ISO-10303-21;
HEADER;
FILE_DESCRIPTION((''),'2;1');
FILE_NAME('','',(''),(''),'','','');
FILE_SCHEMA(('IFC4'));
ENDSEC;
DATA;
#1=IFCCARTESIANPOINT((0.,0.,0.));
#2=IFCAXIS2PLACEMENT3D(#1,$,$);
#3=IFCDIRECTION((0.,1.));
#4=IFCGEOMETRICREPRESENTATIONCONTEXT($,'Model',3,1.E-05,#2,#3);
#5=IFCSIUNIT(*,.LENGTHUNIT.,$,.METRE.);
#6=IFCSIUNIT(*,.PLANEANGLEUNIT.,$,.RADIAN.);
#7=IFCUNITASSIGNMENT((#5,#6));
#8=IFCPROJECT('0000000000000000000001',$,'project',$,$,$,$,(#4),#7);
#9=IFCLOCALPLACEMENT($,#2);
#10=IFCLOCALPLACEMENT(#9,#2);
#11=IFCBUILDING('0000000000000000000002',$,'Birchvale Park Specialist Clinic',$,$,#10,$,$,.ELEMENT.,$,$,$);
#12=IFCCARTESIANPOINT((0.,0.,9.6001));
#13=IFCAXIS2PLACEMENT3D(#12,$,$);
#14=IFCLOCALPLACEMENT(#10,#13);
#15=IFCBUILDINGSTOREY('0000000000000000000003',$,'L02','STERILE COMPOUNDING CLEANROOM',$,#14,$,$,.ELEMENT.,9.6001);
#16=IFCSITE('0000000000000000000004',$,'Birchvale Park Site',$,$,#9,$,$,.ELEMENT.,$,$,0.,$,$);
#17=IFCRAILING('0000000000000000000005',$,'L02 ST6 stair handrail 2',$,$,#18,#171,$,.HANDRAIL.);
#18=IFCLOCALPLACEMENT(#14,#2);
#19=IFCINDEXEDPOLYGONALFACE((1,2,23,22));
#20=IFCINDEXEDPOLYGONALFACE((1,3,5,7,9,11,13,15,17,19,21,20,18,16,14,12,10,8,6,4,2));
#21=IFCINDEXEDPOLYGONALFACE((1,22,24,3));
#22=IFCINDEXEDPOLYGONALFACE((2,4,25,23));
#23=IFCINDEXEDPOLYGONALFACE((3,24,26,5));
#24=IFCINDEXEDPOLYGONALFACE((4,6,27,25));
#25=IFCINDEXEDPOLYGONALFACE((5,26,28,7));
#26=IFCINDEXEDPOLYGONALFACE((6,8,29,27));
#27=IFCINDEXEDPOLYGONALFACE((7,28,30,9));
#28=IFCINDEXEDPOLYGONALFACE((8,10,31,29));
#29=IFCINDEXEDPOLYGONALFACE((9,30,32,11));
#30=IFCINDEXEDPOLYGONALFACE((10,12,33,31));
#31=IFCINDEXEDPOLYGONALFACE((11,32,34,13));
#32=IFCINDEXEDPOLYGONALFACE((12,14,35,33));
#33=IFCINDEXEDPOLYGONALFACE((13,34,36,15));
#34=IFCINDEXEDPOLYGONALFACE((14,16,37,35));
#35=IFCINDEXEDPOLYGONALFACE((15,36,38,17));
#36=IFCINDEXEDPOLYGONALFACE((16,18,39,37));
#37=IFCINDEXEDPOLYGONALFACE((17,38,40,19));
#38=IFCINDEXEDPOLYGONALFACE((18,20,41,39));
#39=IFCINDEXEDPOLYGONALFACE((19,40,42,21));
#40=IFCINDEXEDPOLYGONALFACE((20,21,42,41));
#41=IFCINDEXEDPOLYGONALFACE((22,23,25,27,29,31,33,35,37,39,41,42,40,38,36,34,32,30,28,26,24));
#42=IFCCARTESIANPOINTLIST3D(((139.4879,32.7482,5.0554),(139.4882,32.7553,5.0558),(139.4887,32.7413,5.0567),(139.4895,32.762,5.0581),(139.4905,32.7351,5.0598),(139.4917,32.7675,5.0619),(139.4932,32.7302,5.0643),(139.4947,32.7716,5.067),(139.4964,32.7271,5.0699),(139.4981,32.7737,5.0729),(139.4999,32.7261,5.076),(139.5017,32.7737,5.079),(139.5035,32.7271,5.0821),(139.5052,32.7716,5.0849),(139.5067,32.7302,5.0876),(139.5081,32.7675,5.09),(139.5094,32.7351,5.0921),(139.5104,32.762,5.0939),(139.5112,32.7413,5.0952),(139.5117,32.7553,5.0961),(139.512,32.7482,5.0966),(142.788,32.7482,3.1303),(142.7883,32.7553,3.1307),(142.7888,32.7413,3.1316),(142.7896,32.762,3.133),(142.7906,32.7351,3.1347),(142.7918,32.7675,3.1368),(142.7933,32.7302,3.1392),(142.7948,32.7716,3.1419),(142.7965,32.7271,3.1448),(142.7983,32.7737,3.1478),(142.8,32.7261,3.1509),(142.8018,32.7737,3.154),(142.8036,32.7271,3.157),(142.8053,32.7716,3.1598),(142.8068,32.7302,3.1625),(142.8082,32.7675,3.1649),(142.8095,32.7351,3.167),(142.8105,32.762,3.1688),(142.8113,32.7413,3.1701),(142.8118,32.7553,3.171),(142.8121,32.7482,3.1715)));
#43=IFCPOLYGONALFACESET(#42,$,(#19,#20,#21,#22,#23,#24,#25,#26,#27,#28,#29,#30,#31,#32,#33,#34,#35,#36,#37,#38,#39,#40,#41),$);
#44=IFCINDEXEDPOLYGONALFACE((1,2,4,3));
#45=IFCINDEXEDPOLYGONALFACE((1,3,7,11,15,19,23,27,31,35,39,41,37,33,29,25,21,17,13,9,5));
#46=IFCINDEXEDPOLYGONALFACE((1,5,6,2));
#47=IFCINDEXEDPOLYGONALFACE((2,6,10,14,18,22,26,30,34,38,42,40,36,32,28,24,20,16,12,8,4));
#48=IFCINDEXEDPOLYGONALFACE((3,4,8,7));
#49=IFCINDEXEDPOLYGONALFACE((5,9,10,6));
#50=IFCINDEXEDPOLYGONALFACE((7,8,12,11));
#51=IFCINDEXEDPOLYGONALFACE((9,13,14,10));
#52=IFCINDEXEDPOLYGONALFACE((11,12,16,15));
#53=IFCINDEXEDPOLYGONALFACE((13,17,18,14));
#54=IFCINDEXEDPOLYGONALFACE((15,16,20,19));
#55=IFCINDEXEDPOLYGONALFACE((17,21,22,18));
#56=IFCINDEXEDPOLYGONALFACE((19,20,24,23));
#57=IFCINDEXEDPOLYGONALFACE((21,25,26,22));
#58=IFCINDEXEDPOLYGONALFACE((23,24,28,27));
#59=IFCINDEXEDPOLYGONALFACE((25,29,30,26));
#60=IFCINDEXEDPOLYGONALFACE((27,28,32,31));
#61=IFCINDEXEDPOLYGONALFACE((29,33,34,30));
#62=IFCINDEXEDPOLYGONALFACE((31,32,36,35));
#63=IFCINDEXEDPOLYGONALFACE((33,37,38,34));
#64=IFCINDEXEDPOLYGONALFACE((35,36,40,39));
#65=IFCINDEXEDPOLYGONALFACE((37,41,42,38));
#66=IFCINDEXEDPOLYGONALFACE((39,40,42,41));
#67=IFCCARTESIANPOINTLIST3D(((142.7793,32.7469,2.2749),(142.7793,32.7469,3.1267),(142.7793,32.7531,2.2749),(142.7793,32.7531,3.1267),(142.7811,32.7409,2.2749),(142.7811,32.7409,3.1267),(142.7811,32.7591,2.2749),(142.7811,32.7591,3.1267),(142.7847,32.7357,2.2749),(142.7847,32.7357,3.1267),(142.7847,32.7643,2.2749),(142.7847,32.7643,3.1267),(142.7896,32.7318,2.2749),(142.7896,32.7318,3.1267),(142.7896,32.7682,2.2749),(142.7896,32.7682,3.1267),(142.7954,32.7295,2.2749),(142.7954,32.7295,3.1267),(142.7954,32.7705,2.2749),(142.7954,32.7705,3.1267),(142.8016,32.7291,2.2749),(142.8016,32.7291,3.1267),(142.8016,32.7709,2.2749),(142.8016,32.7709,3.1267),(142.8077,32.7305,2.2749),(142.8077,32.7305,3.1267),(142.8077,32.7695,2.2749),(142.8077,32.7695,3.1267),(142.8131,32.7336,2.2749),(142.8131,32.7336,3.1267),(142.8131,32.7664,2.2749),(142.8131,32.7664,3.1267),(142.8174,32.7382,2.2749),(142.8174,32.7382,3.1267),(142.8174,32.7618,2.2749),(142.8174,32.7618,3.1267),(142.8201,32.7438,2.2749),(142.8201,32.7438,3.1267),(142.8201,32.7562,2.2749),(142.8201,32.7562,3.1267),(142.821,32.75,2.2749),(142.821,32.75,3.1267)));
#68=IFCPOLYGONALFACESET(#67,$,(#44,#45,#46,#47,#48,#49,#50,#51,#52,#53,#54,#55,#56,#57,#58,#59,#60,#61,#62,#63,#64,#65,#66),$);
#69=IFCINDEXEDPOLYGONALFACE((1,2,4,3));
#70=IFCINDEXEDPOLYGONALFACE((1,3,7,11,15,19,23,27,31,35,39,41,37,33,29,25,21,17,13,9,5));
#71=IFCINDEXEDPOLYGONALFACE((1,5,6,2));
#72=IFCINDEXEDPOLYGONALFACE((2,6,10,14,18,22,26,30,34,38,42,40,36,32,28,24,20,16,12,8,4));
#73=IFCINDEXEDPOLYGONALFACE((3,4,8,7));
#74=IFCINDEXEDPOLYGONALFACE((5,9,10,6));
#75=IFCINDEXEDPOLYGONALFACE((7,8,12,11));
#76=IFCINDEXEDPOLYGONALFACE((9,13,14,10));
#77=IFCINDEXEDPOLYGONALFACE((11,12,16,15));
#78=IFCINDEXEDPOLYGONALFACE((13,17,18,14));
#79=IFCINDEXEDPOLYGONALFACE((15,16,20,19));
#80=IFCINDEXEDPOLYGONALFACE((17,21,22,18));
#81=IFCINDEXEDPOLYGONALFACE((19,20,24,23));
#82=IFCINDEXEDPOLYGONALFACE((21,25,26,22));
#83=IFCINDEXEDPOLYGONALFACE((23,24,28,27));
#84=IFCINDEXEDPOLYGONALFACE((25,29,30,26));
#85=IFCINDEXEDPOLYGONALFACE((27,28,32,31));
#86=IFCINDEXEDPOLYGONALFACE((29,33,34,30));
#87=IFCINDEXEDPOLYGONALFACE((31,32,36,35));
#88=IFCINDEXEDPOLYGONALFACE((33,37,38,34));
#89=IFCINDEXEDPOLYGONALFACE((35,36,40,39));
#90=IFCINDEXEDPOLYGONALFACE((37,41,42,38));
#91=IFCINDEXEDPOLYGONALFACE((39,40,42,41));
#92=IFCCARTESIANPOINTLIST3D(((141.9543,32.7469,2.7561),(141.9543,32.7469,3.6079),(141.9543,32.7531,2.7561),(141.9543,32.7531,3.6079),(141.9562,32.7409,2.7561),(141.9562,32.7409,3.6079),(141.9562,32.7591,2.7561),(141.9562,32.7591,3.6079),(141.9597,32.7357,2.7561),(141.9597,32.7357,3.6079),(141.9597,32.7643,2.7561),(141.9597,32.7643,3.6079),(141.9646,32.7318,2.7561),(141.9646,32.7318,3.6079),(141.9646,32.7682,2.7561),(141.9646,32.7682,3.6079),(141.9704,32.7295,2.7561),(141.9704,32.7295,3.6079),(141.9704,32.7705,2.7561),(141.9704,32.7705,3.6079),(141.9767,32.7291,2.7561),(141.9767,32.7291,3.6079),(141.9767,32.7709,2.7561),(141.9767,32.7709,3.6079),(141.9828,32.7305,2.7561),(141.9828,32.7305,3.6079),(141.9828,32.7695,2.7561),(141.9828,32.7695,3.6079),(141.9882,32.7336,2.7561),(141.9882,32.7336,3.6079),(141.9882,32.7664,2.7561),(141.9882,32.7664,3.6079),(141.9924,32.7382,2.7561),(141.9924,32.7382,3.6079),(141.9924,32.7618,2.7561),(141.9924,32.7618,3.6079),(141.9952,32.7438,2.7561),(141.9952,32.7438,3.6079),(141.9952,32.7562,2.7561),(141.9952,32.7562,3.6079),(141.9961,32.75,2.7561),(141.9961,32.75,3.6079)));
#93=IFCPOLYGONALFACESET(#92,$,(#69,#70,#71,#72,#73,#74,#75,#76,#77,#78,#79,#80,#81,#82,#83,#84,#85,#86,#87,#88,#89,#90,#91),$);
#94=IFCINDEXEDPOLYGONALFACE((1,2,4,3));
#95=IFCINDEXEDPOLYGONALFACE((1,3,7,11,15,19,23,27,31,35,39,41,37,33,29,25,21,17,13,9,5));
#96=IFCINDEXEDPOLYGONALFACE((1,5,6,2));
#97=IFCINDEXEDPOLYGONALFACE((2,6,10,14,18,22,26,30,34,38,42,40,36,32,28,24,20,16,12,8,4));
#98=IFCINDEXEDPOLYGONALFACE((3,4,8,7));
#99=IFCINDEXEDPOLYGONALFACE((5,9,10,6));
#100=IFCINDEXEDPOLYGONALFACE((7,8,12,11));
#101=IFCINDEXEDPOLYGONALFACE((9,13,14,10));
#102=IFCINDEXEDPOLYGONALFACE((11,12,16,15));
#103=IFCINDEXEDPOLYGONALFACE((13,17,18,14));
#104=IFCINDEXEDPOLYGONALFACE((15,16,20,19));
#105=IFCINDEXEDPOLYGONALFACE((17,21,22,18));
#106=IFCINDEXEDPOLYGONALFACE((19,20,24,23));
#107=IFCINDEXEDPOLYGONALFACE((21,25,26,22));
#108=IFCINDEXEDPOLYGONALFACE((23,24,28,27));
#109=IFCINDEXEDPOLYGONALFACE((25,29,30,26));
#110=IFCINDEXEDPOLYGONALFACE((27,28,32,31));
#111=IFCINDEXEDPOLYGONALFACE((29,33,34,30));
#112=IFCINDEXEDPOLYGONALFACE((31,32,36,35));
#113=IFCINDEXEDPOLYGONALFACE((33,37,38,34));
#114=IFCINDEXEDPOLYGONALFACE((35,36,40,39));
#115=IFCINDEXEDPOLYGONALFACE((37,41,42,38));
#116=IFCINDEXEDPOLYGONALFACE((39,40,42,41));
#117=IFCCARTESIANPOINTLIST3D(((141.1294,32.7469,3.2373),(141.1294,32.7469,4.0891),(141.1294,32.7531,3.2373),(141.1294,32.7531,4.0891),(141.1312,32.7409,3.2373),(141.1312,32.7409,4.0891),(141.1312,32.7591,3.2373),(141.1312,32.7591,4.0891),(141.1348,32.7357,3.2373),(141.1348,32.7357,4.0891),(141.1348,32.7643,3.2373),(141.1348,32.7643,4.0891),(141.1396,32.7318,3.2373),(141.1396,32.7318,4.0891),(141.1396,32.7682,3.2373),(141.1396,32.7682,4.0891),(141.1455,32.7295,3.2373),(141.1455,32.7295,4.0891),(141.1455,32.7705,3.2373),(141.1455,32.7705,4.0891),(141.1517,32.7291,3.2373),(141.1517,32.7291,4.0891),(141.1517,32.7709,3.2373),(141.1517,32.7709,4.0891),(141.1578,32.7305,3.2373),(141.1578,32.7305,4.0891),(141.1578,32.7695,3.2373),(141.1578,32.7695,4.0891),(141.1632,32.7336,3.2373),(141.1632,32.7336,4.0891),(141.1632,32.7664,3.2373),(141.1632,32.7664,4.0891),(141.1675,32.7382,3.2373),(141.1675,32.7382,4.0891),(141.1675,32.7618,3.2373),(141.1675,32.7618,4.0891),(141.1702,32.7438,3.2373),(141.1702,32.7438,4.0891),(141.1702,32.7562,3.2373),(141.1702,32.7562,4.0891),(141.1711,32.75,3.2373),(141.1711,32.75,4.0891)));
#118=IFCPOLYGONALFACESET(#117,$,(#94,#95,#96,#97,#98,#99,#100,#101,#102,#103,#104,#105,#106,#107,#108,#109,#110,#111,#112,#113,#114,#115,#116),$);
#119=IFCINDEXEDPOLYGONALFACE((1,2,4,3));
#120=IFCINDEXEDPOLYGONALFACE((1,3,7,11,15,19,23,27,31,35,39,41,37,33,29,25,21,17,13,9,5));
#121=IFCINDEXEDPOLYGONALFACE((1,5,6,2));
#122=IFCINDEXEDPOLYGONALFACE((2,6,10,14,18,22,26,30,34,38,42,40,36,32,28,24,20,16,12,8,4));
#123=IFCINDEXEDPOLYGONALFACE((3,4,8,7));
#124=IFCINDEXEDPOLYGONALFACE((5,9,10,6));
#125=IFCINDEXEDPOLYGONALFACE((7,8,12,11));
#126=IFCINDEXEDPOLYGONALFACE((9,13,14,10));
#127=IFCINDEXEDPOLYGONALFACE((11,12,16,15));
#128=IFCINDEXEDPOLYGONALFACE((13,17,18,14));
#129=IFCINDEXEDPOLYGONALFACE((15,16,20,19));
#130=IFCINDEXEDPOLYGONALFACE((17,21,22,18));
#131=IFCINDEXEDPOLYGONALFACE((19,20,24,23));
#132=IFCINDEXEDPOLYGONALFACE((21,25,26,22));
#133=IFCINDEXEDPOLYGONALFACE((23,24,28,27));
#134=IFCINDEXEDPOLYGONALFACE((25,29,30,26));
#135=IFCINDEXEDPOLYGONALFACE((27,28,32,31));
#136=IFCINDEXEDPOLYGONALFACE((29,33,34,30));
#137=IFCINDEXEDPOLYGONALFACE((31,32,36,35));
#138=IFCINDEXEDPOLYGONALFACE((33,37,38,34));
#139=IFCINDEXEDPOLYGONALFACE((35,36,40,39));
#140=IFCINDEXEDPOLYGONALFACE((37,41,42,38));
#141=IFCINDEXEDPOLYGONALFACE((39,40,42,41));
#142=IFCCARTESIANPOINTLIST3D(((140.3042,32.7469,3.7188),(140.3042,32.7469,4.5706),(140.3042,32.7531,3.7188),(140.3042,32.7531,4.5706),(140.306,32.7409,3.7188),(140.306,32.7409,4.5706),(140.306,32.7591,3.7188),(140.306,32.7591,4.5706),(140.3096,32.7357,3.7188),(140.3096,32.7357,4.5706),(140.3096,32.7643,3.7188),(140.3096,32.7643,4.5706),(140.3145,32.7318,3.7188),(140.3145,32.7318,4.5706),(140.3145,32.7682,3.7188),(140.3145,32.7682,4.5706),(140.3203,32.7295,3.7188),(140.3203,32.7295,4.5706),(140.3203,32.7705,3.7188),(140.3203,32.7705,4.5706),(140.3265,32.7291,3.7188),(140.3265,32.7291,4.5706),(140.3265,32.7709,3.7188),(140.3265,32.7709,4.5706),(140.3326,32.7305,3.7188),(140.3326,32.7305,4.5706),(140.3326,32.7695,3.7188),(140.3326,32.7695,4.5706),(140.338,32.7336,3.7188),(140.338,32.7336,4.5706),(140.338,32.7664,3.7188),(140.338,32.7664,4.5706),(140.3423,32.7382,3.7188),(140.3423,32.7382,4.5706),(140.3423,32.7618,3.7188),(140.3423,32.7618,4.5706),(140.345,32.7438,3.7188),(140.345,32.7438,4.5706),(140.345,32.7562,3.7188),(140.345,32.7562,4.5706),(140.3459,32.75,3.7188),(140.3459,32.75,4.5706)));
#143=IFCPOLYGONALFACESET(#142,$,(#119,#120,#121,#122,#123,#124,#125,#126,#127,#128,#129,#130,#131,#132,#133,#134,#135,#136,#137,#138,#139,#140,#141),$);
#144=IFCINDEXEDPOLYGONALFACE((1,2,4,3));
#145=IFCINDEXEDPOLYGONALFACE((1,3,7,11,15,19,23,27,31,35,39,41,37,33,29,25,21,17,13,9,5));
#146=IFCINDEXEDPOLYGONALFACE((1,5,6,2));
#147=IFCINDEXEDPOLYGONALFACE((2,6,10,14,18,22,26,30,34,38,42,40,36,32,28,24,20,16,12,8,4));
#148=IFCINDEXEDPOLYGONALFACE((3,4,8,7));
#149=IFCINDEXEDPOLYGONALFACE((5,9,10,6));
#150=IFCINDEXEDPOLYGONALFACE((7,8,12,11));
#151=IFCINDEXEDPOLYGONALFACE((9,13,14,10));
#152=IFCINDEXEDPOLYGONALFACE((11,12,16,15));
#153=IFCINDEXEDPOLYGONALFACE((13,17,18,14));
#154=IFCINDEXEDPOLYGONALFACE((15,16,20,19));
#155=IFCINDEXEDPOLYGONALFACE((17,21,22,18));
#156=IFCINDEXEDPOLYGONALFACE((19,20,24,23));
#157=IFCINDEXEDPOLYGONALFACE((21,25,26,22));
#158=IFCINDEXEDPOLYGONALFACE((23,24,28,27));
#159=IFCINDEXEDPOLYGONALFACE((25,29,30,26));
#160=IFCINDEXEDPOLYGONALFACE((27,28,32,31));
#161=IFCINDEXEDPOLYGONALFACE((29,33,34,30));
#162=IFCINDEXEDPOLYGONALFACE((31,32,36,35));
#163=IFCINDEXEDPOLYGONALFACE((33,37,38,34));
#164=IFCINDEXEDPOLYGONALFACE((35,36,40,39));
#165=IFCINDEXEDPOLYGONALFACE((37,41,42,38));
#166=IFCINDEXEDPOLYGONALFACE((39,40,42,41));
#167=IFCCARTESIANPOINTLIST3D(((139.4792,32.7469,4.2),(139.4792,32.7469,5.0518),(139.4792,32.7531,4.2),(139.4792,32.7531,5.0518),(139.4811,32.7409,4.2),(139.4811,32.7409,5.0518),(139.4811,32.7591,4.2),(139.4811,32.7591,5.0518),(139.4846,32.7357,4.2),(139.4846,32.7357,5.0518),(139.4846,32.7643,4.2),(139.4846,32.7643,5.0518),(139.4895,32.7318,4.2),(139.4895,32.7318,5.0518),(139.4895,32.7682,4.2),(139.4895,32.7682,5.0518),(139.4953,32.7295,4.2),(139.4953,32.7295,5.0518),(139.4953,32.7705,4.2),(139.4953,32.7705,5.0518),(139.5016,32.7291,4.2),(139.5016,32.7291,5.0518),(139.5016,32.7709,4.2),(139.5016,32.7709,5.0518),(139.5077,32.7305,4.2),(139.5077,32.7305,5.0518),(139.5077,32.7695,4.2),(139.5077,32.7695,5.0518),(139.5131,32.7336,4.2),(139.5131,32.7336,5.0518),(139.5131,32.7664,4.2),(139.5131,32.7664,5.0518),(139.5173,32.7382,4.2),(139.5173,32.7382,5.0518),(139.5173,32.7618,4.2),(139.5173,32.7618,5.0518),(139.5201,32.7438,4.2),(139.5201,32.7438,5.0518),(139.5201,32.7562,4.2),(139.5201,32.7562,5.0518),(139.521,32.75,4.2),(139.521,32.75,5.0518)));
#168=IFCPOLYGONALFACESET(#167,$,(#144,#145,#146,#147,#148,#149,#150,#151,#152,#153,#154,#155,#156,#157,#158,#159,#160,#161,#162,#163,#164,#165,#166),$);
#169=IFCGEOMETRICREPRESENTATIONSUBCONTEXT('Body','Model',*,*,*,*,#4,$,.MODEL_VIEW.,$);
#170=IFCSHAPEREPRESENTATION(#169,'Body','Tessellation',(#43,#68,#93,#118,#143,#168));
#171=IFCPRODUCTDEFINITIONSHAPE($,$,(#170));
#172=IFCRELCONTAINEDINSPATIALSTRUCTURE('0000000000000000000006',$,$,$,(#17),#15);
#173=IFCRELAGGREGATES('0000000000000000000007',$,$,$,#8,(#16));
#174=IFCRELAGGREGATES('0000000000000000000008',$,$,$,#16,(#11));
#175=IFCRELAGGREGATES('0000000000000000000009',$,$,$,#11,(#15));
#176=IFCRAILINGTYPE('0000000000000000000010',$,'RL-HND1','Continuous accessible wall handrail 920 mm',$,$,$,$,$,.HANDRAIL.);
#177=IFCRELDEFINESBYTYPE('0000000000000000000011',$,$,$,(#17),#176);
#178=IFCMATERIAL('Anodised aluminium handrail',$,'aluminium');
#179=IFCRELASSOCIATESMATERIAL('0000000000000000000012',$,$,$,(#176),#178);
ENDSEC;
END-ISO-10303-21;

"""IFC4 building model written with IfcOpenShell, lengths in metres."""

from ifc_helpers import new_model, si_unit, direction, frame, origin, origin_2d, place, context, subcontext, project, spatial, circle, extrude, material, type_object, element, save


model = new_model("IFC4")

# Units and contexts
model_context = context("Model", 3, precision=1e-05, world=origin(), true_north=direction((0.0, 1.0)))
body_context = subcontext(model_context, "Body", "Model", "MODEL_VIEW")
ifc_project = project(units=[si_unit("LENGTHUNIT", "METRE"), si_unit("PLANEANGLEUNIT", "RADIAN")], contexts=[model_context])

# Site, building, storey
site_placement = place(None, origin())
site = spatial("IfcSite", under=ifc_project, at=site_placement, Name="Birchvale Park Site", CompositionType="ELEMENT", RefElevation=0.0)
building_placement = place(site_placement, origin())
building = spatial("IfcBuilding", under=site, at=building_placement, Name="Birchvale Park Specialist Clinic", CompositionType="ELEMENT")
storey_placement = place(building_placement, frame((0.0, 0.0, 9.6001)))
storey = spatial("IfcBuildingStorey", under=building, at=storey_placement, Name="L02", Description="STERILE COMPOUNDING CLEANROOM", CompositionType="ELEMENT", Elevation=9.6001)

# Railing
ifc_material_1 = material(Name="Anodised aluminium handrail", Category="aluminium")
railing_type_1 = type_object("IfcRailingType", Name="RL-HND1", Description="Continuous accessible wall handrail 920 mm", PredefinedType="HANDRAIL", material=ifc_material_1)
railing_1_placement = place(storey_placement, frame((142.8, 32.75, 2.2749)))
element("IfcRailing", 1, at=railing_1_placement, inside=storey, type_object=railing_type_1, Name="L02 ST6 stair handrail 2", PredefinedType="HANDRAIL", context=body_context, shape_type="SweptSolid", body=[
    extrude(circle(Radius=0.0239, at=origin_2d()), frame((0.0, 0.0, 0.876), z_axis=(-0.863777, 0.0, 0.503875), x_axis=(0.0, -1.0, 0.0)), (0.0, 0.0, 1.0), 3.8206),
    extrude(circle(Radius=0.021, at=origin_2d()), origin(), (0.0, 0.0, 1.0), 0.8518),
    extrude(circle(Radius=0.021, at=origin_2d()), frame((-0.825, 0.0, 0.4812)), (0.0, 0.0, 1.0), 0.8518),
    extrude(circle(Radius=0.021, at=origin_2d()), frame((-1.6499, 0.0, 0.9624)), (0.0, 0.0, 1.0), 0.8518),
    extrude(circle(Radius=0.021, at=origin_2d()), frame((-2.4751, 0.0, 1.4438)), (0.0, 0.0, 1.0), 0.8518),
    extrude(circle(Radius=0.021, at=origin_2d()), frame((-3.3, 0.0, 1.925)), (0.0, 0.0, 1.0), 0.8518),
])

save(model, "model.ifc")
